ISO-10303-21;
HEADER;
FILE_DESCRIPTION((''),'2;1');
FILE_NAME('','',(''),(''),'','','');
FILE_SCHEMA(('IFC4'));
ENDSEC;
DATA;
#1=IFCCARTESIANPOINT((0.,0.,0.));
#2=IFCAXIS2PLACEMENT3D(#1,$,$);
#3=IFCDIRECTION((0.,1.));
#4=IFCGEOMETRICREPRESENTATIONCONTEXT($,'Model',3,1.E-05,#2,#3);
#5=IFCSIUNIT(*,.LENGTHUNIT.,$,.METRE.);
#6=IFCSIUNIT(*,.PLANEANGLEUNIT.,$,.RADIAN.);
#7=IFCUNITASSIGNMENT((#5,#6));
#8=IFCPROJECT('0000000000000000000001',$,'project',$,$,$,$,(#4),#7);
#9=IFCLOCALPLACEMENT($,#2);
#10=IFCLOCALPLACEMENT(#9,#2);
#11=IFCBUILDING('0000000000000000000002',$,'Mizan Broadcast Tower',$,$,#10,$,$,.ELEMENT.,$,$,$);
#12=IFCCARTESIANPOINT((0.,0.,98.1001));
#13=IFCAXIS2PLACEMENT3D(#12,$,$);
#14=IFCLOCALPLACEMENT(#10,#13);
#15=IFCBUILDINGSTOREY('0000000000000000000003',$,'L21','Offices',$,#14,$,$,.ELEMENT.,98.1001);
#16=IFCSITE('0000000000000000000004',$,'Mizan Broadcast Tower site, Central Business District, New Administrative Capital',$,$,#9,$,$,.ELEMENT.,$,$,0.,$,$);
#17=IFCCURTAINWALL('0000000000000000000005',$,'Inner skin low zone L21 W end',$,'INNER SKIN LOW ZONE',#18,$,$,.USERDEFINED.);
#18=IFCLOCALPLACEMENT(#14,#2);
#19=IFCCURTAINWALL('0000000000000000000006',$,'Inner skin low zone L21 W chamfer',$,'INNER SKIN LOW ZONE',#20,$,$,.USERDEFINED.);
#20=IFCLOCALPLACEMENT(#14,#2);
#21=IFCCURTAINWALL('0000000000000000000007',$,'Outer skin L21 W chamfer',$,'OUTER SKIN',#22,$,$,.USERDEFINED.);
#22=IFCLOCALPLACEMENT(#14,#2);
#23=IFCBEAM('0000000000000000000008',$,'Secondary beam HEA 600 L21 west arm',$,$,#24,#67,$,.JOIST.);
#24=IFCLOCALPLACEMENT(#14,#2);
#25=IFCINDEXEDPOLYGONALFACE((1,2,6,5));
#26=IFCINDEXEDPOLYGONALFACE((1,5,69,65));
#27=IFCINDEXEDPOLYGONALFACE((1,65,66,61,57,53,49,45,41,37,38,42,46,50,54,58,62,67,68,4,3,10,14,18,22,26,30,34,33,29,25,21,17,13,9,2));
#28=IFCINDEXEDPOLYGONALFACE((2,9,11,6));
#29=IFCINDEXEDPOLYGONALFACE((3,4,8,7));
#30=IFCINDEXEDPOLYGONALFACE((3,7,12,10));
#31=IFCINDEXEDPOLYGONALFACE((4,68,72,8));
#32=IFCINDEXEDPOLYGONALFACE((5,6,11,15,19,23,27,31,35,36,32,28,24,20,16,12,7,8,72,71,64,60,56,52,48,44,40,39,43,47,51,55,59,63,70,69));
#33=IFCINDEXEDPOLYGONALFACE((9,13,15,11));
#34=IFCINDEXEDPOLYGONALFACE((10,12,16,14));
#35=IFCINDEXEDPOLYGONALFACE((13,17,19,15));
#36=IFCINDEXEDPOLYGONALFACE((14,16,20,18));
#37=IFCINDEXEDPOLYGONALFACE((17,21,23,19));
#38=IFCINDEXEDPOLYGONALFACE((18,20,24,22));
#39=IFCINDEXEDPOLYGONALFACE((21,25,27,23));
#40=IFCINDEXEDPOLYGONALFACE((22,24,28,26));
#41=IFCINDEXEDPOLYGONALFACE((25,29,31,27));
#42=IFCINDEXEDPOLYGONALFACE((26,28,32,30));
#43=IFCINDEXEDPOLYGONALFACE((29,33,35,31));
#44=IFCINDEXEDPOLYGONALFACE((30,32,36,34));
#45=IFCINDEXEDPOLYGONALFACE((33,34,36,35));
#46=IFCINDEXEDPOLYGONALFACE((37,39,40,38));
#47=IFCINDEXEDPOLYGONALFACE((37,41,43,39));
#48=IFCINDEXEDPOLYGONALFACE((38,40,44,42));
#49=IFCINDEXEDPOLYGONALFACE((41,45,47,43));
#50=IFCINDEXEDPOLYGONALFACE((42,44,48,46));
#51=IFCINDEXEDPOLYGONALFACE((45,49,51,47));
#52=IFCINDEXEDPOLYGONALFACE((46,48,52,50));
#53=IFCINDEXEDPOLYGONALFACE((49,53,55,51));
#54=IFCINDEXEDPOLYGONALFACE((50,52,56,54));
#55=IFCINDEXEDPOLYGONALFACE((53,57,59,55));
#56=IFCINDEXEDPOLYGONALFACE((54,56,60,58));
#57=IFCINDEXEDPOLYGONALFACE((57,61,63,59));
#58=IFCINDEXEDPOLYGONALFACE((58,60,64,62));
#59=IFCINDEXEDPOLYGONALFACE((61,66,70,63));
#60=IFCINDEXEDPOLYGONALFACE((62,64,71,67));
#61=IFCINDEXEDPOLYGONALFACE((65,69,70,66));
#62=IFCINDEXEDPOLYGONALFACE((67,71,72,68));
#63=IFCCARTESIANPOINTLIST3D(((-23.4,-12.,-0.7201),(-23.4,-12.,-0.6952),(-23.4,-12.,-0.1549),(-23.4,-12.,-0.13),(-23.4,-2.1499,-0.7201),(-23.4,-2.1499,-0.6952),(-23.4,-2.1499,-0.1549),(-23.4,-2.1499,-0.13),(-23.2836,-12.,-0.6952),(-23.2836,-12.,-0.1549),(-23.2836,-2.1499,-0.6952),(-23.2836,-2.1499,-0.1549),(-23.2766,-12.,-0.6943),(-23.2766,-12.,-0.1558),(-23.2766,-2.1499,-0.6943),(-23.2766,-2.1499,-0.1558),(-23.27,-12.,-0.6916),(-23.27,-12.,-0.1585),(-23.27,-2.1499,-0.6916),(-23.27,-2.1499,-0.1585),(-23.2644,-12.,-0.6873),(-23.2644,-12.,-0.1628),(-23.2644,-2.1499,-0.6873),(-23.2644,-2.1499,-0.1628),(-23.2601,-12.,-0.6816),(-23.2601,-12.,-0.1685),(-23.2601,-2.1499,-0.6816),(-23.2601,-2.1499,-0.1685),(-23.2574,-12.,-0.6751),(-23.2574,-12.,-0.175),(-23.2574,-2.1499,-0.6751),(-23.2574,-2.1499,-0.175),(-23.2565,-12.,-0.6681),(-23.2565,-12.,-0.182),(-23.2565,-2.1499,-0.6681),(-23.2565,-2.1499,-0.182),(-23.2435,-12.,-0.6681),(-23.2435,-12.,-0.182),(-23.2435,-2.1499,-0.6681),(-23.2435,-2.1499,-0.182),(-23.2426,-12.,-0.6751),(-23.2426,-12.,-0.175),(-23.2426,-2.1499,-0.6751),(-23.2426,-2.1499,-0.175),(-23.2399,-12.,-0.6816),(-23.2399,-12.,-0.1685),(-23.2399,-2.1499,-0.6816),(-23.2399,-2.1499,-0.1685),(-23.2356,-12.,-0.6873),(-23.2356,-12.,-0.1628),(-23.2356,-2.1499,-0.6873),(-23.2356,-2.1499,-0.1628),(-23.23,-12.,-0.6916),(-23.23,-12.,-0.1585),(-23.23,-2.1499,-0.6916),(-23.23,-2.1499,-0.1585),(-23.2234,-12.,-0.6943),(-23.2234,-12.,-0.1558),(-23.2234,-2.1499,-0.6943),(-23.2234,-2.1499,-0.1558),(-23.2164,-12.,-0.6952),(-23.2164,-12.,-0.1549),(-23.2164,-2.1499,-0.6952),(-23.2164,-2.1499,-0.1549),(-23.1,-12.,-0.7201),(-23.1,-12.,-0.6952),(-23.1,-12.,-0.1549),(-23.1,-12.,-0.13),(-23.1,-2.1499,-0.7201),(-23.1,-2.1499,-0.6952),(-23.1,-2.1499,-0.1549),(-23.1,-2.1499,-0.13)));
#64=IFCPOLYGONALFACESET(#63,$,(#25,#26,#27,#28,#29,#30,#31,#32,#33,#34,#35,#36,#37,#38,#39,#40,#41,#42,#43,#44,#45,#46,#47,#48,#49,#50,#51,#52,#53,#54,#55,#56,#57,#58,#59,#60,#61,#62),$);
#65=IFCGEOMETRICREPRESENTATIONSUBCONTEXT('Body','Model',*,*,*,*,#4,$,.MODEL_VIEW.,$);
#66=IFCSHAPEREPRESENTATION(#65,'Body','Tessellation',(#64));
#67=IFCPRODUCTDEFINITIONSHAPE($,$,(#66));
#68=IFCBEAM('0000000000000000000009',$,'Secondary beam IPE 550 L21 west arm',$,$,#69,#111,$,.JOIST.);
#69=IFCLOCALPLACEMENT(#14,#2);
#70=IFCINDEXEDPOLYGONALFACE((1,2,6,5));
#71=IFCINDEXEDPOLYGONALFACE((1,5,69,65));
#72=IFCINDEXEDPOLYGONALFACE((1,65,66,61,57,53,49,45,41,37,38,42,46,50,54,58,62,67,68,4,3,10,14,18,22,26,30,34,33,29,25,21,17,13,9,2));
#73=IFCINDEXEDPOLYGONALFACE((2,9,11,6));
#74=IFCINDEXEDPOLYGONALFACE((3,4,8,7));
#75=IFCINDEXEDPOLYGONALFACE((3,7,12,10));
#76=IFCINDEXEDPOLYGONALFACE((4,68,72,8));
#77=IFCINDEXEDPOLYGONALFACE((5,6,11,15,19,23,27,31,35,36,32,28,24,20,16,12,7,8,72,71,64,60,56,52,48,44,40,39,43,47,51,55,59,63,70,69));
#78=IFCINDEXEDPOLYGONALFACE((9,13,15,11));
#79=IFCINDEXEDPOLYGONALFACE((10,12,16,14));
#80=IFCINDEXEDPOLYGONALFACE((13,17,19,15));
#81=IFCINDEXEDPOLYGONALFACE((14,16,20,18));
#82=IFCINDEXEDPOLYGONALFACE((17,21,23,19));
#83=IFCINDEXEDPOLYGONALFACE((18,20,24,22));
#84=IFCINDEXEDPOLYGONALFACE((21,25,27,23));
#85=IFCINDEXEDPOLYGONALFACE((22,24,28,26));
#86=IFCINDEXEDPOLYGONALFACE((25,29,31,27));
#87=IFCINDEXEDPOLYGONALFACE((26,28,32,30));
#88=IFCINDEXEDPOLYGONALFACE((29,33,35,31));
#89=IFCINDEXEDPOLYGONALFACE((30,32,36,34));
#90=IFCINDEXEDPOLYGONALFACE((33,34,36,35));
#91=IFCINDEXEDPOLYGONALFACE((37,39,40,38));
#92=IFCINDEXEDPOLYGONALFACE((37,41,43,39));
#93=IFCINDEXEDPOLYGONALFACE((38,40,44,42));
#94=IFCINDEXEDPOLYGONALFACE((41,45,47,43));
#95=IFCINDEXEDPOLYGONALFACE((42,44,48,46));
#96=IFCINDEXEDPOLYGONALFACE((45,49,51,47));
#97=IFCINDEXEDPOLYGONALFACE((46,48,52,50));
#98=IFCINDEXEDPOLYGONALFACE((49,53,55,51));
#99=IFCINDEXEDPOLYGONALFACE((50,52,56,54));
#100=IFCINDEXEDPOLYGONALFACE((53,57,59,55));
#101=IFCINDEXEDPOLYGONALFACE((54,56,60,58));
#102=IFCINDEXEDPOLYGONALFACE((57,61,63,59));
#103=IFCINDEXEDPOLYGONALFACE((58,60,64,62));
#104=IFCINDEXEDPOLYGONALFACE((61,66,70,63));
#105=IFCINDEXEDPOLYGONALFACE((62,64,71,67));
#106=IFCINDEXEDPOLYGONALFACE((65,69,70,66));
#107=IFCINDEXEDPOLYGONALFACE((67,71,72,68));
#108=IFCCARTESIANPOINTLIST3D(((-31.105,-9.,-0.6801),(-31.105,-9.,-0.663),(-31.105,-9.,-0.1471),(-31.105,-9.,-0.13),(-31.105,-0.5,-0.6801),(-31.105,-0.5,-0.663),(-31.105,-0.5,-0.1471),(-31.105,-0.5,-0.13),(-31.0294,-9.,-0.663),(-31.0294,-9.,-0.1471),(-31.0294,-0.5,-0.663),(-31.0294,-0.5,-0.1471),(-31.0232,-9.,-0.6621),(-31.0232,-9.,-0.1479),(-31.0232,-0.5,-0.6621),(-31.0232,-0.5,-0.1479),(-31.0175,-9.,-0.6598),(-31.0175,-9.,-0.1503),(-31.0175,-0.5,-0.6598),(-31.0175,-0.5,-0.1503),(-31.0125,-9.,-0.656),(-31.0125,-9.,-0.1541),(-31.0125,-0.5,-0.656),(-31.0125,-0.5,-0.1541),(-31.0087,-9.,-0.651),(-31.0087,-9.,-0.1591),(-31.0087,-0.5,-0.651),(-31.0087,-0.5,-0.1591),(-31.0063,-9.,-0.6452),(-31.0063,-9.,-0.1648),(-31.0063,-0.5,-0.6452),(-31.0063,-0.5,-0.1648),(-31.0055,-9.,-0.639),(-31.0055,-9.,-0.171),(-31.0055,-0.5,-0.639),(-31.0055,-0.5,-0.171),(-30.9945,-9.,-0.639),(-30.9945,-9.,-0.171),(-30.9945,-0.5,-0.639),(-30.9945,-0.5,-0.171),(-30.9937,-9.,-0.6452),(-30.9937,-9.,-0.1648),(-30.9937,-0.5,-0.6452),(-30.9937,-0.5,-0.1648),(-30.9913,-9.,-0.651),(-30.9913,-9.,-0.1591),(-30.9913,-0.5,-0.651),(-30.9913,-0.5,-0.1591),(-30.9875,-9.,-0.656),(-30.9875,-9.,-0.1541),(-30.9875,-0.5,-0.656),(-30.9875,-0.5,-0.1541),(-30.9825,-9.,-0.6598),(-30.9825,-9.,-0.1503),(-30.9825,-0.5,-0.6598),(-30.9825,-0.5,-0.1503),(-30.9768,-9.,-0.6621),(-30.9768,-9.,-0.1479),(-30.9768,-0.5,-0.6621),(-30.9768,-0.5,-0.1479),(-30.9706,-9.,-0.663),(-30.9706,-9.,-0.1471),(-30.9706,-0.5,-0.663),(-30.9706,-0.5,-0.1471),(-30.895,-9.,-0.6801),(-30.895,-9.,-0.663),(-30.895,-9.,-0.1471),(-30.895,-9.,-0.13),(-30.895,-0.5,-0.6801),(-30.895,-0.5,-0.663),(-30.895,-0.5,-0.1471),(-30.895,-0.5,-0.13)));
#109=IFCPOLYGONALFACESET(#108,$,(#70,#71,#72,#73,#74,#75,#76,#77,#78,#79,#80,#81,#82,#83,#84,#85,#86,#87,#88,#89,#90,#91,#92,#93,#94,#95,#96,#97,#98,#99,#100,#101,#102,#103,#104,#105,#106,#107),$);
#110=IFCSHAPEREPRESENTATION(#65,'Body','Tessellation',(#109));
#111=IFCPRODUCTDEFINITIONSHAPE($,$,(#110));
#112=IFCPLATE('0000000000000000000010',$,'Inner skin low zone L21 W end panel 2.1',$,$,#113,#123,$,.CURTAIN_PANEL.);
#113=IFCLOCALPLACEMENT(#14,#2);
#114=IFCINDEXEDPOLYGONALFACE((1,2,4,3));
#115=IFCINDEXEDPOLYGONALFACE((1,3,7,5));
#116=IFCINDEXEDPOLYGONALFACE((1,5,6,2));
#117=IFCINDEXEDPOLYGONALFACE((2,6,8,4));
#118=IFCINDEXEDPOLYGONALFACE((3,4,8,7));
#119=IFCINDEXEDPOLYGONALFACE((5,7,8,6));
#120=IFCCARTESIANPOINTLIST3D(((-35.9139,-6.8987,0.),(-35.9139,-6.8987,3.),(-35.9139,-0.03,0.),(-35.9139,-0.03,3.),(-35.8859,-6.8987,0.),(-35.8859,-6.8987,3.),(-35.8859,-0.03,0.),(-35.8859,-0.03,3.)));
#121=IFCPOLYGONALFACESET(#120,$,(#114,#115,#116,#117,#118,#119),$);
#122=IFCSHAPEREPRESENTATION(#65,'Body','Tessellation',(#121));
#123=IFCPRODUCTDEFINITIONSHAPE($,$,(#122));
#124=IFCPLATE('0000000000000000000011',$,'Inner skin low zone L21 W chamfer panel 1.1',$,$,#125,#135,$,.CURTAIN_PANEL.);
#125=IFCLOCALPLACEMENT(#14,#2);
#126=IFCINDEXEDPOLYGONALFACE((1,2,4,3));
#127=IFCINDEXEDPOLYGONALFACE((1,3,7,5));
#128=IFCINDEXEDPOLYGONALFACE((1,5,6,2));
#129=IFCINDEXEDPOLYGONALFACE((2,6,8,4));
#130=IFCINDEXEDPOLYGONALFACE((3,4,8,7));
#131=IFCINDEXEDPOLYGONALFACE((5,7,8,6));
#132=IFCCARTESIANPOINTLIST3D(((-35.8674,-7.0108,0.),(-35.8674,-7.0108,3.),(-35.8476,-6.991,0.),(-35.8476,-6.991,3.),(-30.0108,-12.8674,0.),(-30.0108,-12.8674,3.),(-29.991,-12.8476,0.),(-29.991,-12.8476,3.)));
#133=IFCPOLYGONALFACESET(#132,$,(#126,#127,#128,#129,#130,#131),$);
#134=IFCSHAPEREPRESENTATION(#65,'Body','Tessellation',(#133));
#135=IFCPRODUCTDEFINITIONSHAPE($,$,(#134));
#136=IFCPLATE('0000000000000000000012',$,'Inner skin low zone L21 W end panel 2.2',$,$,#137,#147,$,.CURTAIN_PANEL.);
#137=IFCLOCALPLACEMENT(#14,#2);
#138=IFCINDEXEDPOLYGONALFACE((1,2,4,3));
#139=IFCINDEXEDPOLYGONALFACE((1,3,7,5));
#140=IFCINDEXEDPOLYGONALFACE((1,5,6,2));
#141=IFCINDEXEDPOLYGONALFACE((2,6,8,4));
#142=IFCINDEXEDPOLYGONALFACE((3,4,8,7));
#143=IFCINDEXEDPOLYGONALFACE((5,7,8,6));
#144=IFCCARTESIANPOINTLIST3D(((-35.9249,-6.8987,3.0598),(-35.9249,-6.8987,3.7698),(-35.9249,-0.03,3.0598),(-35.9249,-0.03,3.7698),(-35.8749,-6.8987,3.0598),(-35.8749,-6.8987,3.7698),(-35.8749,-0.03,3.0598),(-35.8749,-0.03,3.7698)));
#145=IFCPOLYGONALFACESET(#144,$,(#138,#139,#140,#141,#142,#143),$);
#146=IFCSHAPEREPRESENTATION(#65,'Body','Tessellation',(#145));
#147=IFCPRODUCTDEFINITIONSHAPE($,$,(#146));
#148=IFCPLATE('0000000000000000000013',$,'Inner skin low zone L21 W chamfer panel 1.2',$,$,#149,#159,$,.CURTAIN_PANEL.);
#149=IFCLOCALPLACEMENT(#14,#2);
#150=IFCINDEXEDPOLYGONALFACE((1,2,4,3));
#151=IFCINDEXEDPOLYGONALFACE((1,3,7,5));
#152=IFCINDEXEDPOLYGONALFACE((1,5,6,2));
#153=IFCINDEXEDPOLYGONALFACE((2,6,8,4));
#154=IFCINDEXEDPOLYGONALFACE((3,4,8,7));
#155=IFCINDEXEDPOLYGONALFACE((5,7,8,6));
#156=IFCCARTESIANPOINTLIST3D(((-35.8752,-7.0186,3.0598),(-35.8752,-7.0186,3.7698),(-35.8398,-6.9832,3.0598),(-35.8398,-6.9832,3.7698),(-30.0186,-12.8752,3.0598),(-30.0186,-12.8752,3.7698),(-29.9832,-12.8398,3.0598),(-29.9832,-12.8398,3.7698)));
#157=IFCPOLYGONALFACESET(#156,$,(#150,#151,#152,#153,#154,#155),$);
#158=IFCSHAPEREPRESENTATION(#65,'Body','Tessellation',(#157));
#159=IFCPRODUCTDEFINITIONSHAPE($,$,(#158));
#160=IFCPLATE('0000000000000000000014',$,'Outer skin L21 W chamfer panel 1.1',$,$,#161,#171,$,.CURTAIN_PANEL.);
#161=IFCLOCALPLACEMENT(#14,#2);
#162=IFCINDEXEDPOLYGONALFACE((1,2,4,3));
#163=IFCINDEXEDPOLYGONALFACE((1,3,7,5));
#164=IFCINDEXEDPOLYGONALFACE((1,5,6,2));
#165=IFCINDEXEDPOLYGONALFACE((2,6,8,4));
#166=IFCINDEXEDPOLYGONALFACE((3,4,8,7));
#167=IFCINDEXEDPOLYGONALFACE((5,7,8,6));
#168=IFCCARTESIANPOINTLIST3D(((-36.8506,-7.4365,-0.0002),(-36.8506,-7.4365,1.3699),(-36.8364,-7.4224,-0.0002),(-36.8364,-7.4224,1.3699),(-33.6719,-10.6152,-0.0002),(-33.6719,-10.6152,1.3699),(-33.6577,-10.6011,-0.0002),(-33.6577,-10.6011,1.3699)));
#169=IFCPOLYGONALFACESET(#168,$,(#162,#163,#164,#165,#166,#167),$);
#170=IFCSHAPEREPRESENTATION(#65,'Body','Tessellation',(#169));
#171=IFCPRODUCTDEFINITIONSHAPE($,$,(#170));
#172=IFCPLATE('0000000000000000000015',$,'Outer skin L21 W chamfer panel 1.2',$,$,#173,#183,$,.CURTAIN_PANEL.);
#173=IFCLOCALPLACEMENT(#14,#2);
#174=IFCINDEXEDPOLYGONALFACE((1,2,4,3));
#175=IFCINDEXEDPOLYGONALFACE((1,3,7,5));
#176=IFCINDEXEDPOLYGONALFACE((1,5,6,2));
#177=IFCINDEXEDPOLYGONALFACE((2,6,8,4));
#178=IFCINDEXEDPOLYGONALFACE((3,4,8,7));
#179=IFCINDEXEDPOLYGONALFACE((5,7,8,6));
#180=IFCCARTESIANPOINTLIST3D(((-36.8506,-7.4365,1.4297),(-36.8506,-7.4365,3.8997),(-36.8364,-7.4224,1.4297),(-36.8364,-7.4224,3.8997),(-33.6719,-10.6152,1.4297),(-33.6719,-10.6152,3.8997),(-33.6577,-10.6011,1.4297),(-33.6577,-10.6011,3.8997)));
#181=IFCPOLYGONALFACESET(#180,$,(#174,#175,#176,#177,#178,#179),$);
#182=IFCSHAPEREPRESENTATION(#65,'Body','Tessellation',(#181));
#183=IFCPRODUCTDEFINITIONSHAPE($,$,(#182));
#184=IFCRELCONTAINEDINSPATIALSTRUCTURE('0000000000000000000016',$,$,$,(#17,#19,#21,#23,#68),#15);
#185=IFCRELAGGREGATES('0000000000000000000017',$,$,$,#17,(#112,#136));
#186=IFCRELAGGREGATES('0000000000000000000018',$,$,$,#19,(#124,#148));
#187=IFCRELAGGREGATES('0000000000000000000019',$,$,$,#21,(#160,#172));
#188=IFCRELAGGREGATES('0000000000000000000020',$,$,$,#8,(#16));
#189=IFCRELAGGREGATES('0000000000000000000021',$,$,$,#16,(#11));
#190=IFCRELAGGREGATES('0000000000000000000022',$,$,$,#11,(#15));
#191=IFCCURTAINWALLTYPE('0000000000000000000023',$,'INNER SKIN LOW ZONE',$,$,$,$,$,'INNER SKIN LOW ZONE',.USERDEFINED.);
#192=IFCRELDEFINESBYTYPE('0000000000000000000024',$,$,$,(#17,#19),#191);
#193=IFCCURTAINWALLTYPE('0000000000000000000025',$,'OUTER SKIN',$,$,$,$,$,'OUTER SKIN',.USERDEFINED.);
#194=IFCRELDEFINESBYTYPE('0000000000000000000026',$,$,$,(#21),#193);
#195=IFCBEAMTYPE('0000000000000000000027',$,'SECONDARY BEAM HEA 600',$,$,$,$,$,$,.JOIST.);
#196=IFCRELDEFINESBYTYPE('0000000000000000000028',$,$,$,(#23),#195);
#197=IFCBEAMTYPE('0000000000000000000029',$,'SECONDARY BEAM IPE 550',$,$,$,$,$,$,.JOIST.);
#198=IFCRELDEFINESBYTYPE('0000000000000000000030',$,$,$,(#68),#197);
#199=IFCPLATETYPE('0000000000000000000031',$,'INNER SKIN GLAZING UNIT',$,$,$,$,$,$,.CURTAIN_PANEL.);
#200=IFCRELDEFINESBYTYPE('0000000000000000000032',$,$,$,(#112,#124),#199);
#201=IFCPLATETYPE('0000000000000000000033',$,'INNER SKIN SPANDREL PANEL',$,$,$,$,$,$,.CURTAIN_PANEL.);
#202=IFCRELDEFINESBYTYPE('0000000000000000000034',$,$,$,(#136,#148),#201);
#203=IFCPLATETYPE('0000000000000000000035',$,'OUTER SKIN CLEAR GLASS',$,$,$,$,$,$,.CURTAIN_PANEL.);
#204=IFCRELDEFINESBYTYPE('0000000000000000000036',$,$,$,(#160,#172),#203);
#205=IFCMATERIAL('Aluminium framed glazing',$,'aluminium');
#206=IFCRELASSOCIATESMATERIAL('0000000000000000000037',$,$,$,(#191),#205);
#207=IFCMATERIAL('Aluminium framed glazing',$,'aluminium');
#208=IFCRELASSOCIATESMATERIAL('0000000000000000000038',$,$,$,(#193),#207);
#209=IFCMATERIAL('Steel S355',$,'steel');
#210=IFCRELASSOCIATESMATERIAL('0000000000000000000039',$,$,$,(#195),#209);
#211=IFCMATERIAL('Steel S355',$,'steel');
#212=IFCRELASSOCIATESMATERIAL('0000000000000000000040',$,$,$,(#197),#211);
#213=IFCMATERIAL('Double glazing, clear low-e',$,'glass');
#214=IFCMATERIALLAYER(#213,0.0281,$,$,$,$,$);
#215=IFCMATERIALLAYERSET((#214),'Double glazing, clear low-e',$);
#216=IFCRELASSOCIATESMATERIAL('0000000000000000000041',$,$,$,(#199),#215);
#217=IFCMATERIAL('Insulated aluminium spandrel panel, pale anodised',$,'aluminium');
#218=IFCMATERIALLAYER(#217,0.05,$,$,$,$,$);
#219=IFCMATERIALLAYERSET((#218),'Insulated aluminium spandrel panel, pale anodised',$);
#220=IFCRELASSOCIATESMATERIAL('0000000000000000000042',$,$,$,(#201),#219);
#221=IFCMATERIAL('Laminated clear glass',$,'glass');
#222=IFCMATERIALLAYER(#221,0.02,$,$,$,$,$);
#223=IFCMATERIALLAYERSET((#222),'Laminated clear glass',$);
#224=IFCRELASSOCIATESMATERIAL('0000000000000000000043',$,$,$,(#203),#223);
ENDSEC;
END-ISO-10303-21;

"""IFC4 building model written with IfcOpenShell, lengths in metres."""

from ifc_helpers import new_model, si_unit, direction, frame, origin, origin_2d, place, context, subcontext, project, spatial, rectangle, i_section, extrude, material, layer, layer_set, material_profile, profile_set, type_object, element, aggregate, save


model = new_model("IFC4")

# Units and contexts
model_context = context("Model", 3, precision=1e-05, world=origin(), true_north=direction((0.0, 1.0)))
body_context = subcontext(model_context, "Body", "Model", "MODEL_VIEW")
ifc_project = project(units=[si_unit("LENGTHUNIT", "METRE"), si_unit("PLANEANGLEUNIT", "RADIAN")], contexts=[model_context])

# Site, building, storey
site_placement = place(None, origin())
site = spatial("IfcSite", under=ifc_project, at=site_placement, Name="Mizan Broadcast Tower site, Central Business District, New Administrative Capital", CompositionType="ELEMENT", RefElevation=0.0)
building_placement = place(site_placement, origin())
building = spatial("IfcBuilding", under=site, at=building_placement, Name="Mizan Broadcast Tower", CompositionType="ELEMENT")
storey_placement = place(building_placement, frame((0.0, 0.0, 98.1001)))
storey = spatial("IfcBuildingStorey", under=building, at=storey_placement, Name="L21", Description="Offices", CompositionType="ELEMENT", Elevation=98.1001)

# Curtain wall
ifc_material_1 = material(Name="Aluminium framed glazing", Category="aluminium")
curtain_wall_type_1 = type_object("IfcCurtainWallType", Name="INNER SKIN LOW ZONE", ElementType="INNER SKIN LOW ZONE", PredefinedType="USERDEFINED", material=ifc_material_1)
curtain_wall_1_placement = place(storey_placement, origin())
curtain_wall_1 = element("IfcCurtainWall", 1, at=curtain_wall_1_placement, inside=storey, type_object=curtain_wall_type_1, Name="Inner skin low zone L21 W end", ObjectType="INNER SKIN LOW ZONE", PredefinedType="USERDEFINED")

# Curtain wall
curtain_wall_2_placement = place(storey_placement, origin())
curtain_wall_2 = element("IfcCurtainWall", 2, at=curtain_wall_2_placement, inside=storey, type_object=curtain_wall_type_1, Name="Inner skin low zone L21 W chamfer", ObjectType="INNER SKIN LOW ZONE", PredefinedType="USERDEFINED")

# Shared definitions
ifc_material_2 = material(Name="Aluminium framed glazing", Category="aluminium")
curtain_wall_type_2 = type_object("IfcCurtainWallType", Name="OUTER SKIN", ElementType="OUTER SKIN", PredefinedType="USERDEFINED", material=ifc_material_2)

# Curtain wall
curtain_wall_3_placement = place(storey_placement, origin())
curtain_wall_3 = element("IfcCurtainWall", 3, at=curtain_wall_3_placement, inside=storey, type_object=curtain_wall_type_2, Name="Outer skin L21 W chamfer", ObjectType="OUTER SKIN", PredefinedType="USERDEFINED")

# Beams
ifc_material_3 = material(Name="Steel S355", Category="steel")
ifc_material_profile_1 = material_profile(ifc_material_3, i_section(OverallWidth=0.3, OverallDepth=0.5901, WebThickness=0.0129, FlangeThickness=0.0249, FilletRadius=0.0271, at=origin_2d()), Name="HEA 600")
ifc_profile_set_1 = profile_set([ifc_material_profile_1], Name="Steel S355")
beam_type_1 = type_object("IfcBeamType", Name="SECONDARY BEAM HEA 600", PredefinedType="JOIST", material=ifc_profile_set_1)
for number, where, z_axis, x_axis, name in (
    (4, (-23.25, -12.0, -0.425), (0.0, 1.0, 0.0), (-1.0, 0.0, 0.0), "Secondary beam HEA 600 L21 west arm"),
):
    element("IfcBeam", number, at=place(storey_placement, frame(where, z_axis=z_axis, x_axis=x_axis)), inside=storey, type_object=beam_type_1, Name=name, PredefinedType="JOIST", context=body_context, shape_type="SweptSolid", body=[
        extrude(i_section(OverallWidth=0.3, OverallDepth=0.5901, WebThickness=0.0129, FlangeThickness=0.0249, FilletRadius=0.0271, at=origin_2d()), origin(), (0.0, 0.0, 1.0), 9.8501),
    ])
ifc_material_4 = material(Name="Steel S355", Category="steel")
ifc_material_profile_2 = material_profile(ifc_material_4, i_section(OverallWidth=0.21, OverallDepth=0.55, WebThickness=0.011, FlangeThickness=0.0171, FilletRadius=0.0239, at=origin_2d()), Name="IPE 550")
ifc_profile_set_2 = profile_set([ifc_material_profile_2], Name="Steel S355")
beam_type_2 = type_object("IfcBeamType", Name="SECONDARY BEAM IPE 550", PredefinedType="JOIST", material=ifc_profile_set_2)
beam_1_placement = place(storey_placement, frame((-31.0, -9.0, -0.405), z_axis=(0.0, 1.0, 0.0), x_axis=(-1.0, 0.0, 0.0)))
element("IfcBeam", 5, at=beam_1_placement, inside=storey, type_object=beam_type_2, Name="Secondary beam IPE 550 L21 west arm", PredefinedType="JOIST", context=body_context, shape_type="SweptSolid", body=[
    extrude(i_section(OverallWidth=0.21, OverallDepth=0.55, WebThickness=0.011, FlangeThickness=0.0171, FilletRadius=0.0239, at=origin_2d()), origin(), (0.0, 0.0, 1.0), 8.5),
])

# Plates
ifc_material_5 = material(Name="Double glazing, clear low-e", Category="glass")
ifc_layer_1 = layer(ifc_material_5, 0.0281)
ifc_layer_set_1 = layer_set([ifc_layer_1], Name="Double glazing, clear low-e")
plate_type_1 = type_object("IfcPlateType", Name="INNER SKIN GLAZING UNIT", PredefinedType="CURTAIN_PANEL", material=ifc_layer_set_1)
plate_1_placement = place(storey_placement, frame((-35.8999, -3.4644, 0.0), z_axis=(0.0, 0.0, 1.0), x_axis=(0.0, -1.0, 0.0)))
plate_1 = element("IfcPlate", 6, at=plate_1_placement, type_object=plate_type_1, Name="Inner skin low zone L21 W end panel 2.1", PredefinedType="CURTAIN_PANEL", context=body_context, shape_type="SweptSolid", body=[
    extrude(rectangle(XDim=6.8687, YDim=0.0281, at=origin_2d()), origin(), (0.0, 0.0, 1.0), 3.0),
])
plate_2_placement = place(storey_placement, frame((-32.9292, -9.9292, 0.0), z_axis=(0.0, 0.0, 1.0), x_axis=(0.707107, -0.707107, 0.0)))
plate_2 = element("IfcPlate", 7, at=plate_2_placement, type_object=plate_type_1, Name="Inner skin low zone L21 W chamfer panel 1.1", PredefinedType="CURTAIN_PANEL", context=body_context, shape_type="SweptSolid", body=[
    extrude(rectangle(XDim=8.2825, YDim=0.0281, at=origin_2d()), origin(), (0.0, 0.0, 1.0), 3.0),
])
ifc_material_6 = material(Name="Insulated aluminium spandrel panel, pale anodised", Category="aluminium")
ifc_layer_2 = layer(ifc_material_6, 0.05)
ifc_layer_set_2 = layer_set([ifc_layer_2], Name="Insulated aluminium spandrel panel, pale anodised")
plate_type_2 = type_object("IfcPlateType", Name="INNER SKIN SPANDREL PANEL", PredefinedType="CURTAIN_PANEL", material=ifc_layer_set_2)
plate_3_placement = place(storey_placement, frame((-35.8999, -3.4644, 3.0598), z_axis=(0.0, 0.0, 1.0), x_axis=(0.0, -1.0, 0.0)))
plate_3 = element("IfcPlate", 8, at=plate_3_placement, type_object=plate_type_2, Name="Inner skin low zone L21 W end panel 2.2", PredefinedType="CURTAIN_PANEL", context=body_context, shape_type="SweptSolid", body=[
    extrude(rectangle(XDim=6.8687, YDim=0.05, at=origin_2d()), origin(), (0.0, 0.0, 1.0), 0.71),
])
aggregate(curtain_wall_1, [plate_1, plate_3])
plate_4_placement = place(storey_placement, frame((-32.9292, -9.9292, 3.0598), z_axis=(0.0, 0.0, 1.0), x_axis=(0.707107, -0.707107, 0.0)))
plate_4 = element("IfcPlate", 9, at=plate_4_placement, type_object=plate_type_2, Name="Inner skin low zone L21 W chamfer panel 1.2", PredefinedType="CURTAIN_PANEL", context=body_context, shape_type="SweptSolid", body=[
    extrude(rectangle(XDim=8.2825, YDim=0.05, at=origin_2d()), origin(), (0.0, 0.0, 1.0), 0.71),
])
aggregate(curtain_wall_2, [plate_2, plate_4])
ifc_material_7 = material(Name="Laminated clear glass", Category="glass")
ifc_layer_3 = layer(ifc_material_7, 0.02)
ifc_layer_set_3 = layer_set([ifc_layer_3], Name="Laminated clear glass")
plate_type_3 = type_object("IfcPlateType", Name="OUTER SKIN CLEAR GLASS", PredefinedType="CURTAIN_PANEL", material=ifc_layer_set_3)
plate_5_placement = place(storey_placement, frame((-35.2542, -9.0188, -0.0002), z_axis=(0.0, 0.0, 1.0), x_axis=(0.707107, -0.707107, 0.0)))
plate_5 = element("IfcPlate", 10, at=plate_5_placement, type_object=plate_type_3, Name="Outer skin L21 W chamfer panel 1.1", PredefinedType="CURTAIN_PANEL", context=body_context, shape_type="SweptSolid", body=[
    extrude(rectangle(XDim=4.4954, YDim=0.02, at=origin_2d()), origin(), (0.0, 0.0, 1.0), 1.3701),
])
plate_6_placement = place(storey_placement, frame((-35.2542, -9.0188, 1.4297), z_axis=(0.0, 0.0, 1.0), x_axis=(0.707107, -0.707107, 0.0)))
plate_6 = element("IfcPlate", 11, at=plate_6_placement, type_object=plate_type_3, Name="Outer skin L21 W chamfer panel 1.2", PredefinedType="CURTAIN_PANEL", context=body_context, shape_type="SweptSolid", body=[
    extrude(rectangle(XDim=4.4954, YDim=0.02, at=origin_2d()), origin(), (0.0, 0.0, 1.0), 2.47),
])
aggregate(curtain_wall_3, [plate_5, plate_6])

save(model, "model.ifc")
